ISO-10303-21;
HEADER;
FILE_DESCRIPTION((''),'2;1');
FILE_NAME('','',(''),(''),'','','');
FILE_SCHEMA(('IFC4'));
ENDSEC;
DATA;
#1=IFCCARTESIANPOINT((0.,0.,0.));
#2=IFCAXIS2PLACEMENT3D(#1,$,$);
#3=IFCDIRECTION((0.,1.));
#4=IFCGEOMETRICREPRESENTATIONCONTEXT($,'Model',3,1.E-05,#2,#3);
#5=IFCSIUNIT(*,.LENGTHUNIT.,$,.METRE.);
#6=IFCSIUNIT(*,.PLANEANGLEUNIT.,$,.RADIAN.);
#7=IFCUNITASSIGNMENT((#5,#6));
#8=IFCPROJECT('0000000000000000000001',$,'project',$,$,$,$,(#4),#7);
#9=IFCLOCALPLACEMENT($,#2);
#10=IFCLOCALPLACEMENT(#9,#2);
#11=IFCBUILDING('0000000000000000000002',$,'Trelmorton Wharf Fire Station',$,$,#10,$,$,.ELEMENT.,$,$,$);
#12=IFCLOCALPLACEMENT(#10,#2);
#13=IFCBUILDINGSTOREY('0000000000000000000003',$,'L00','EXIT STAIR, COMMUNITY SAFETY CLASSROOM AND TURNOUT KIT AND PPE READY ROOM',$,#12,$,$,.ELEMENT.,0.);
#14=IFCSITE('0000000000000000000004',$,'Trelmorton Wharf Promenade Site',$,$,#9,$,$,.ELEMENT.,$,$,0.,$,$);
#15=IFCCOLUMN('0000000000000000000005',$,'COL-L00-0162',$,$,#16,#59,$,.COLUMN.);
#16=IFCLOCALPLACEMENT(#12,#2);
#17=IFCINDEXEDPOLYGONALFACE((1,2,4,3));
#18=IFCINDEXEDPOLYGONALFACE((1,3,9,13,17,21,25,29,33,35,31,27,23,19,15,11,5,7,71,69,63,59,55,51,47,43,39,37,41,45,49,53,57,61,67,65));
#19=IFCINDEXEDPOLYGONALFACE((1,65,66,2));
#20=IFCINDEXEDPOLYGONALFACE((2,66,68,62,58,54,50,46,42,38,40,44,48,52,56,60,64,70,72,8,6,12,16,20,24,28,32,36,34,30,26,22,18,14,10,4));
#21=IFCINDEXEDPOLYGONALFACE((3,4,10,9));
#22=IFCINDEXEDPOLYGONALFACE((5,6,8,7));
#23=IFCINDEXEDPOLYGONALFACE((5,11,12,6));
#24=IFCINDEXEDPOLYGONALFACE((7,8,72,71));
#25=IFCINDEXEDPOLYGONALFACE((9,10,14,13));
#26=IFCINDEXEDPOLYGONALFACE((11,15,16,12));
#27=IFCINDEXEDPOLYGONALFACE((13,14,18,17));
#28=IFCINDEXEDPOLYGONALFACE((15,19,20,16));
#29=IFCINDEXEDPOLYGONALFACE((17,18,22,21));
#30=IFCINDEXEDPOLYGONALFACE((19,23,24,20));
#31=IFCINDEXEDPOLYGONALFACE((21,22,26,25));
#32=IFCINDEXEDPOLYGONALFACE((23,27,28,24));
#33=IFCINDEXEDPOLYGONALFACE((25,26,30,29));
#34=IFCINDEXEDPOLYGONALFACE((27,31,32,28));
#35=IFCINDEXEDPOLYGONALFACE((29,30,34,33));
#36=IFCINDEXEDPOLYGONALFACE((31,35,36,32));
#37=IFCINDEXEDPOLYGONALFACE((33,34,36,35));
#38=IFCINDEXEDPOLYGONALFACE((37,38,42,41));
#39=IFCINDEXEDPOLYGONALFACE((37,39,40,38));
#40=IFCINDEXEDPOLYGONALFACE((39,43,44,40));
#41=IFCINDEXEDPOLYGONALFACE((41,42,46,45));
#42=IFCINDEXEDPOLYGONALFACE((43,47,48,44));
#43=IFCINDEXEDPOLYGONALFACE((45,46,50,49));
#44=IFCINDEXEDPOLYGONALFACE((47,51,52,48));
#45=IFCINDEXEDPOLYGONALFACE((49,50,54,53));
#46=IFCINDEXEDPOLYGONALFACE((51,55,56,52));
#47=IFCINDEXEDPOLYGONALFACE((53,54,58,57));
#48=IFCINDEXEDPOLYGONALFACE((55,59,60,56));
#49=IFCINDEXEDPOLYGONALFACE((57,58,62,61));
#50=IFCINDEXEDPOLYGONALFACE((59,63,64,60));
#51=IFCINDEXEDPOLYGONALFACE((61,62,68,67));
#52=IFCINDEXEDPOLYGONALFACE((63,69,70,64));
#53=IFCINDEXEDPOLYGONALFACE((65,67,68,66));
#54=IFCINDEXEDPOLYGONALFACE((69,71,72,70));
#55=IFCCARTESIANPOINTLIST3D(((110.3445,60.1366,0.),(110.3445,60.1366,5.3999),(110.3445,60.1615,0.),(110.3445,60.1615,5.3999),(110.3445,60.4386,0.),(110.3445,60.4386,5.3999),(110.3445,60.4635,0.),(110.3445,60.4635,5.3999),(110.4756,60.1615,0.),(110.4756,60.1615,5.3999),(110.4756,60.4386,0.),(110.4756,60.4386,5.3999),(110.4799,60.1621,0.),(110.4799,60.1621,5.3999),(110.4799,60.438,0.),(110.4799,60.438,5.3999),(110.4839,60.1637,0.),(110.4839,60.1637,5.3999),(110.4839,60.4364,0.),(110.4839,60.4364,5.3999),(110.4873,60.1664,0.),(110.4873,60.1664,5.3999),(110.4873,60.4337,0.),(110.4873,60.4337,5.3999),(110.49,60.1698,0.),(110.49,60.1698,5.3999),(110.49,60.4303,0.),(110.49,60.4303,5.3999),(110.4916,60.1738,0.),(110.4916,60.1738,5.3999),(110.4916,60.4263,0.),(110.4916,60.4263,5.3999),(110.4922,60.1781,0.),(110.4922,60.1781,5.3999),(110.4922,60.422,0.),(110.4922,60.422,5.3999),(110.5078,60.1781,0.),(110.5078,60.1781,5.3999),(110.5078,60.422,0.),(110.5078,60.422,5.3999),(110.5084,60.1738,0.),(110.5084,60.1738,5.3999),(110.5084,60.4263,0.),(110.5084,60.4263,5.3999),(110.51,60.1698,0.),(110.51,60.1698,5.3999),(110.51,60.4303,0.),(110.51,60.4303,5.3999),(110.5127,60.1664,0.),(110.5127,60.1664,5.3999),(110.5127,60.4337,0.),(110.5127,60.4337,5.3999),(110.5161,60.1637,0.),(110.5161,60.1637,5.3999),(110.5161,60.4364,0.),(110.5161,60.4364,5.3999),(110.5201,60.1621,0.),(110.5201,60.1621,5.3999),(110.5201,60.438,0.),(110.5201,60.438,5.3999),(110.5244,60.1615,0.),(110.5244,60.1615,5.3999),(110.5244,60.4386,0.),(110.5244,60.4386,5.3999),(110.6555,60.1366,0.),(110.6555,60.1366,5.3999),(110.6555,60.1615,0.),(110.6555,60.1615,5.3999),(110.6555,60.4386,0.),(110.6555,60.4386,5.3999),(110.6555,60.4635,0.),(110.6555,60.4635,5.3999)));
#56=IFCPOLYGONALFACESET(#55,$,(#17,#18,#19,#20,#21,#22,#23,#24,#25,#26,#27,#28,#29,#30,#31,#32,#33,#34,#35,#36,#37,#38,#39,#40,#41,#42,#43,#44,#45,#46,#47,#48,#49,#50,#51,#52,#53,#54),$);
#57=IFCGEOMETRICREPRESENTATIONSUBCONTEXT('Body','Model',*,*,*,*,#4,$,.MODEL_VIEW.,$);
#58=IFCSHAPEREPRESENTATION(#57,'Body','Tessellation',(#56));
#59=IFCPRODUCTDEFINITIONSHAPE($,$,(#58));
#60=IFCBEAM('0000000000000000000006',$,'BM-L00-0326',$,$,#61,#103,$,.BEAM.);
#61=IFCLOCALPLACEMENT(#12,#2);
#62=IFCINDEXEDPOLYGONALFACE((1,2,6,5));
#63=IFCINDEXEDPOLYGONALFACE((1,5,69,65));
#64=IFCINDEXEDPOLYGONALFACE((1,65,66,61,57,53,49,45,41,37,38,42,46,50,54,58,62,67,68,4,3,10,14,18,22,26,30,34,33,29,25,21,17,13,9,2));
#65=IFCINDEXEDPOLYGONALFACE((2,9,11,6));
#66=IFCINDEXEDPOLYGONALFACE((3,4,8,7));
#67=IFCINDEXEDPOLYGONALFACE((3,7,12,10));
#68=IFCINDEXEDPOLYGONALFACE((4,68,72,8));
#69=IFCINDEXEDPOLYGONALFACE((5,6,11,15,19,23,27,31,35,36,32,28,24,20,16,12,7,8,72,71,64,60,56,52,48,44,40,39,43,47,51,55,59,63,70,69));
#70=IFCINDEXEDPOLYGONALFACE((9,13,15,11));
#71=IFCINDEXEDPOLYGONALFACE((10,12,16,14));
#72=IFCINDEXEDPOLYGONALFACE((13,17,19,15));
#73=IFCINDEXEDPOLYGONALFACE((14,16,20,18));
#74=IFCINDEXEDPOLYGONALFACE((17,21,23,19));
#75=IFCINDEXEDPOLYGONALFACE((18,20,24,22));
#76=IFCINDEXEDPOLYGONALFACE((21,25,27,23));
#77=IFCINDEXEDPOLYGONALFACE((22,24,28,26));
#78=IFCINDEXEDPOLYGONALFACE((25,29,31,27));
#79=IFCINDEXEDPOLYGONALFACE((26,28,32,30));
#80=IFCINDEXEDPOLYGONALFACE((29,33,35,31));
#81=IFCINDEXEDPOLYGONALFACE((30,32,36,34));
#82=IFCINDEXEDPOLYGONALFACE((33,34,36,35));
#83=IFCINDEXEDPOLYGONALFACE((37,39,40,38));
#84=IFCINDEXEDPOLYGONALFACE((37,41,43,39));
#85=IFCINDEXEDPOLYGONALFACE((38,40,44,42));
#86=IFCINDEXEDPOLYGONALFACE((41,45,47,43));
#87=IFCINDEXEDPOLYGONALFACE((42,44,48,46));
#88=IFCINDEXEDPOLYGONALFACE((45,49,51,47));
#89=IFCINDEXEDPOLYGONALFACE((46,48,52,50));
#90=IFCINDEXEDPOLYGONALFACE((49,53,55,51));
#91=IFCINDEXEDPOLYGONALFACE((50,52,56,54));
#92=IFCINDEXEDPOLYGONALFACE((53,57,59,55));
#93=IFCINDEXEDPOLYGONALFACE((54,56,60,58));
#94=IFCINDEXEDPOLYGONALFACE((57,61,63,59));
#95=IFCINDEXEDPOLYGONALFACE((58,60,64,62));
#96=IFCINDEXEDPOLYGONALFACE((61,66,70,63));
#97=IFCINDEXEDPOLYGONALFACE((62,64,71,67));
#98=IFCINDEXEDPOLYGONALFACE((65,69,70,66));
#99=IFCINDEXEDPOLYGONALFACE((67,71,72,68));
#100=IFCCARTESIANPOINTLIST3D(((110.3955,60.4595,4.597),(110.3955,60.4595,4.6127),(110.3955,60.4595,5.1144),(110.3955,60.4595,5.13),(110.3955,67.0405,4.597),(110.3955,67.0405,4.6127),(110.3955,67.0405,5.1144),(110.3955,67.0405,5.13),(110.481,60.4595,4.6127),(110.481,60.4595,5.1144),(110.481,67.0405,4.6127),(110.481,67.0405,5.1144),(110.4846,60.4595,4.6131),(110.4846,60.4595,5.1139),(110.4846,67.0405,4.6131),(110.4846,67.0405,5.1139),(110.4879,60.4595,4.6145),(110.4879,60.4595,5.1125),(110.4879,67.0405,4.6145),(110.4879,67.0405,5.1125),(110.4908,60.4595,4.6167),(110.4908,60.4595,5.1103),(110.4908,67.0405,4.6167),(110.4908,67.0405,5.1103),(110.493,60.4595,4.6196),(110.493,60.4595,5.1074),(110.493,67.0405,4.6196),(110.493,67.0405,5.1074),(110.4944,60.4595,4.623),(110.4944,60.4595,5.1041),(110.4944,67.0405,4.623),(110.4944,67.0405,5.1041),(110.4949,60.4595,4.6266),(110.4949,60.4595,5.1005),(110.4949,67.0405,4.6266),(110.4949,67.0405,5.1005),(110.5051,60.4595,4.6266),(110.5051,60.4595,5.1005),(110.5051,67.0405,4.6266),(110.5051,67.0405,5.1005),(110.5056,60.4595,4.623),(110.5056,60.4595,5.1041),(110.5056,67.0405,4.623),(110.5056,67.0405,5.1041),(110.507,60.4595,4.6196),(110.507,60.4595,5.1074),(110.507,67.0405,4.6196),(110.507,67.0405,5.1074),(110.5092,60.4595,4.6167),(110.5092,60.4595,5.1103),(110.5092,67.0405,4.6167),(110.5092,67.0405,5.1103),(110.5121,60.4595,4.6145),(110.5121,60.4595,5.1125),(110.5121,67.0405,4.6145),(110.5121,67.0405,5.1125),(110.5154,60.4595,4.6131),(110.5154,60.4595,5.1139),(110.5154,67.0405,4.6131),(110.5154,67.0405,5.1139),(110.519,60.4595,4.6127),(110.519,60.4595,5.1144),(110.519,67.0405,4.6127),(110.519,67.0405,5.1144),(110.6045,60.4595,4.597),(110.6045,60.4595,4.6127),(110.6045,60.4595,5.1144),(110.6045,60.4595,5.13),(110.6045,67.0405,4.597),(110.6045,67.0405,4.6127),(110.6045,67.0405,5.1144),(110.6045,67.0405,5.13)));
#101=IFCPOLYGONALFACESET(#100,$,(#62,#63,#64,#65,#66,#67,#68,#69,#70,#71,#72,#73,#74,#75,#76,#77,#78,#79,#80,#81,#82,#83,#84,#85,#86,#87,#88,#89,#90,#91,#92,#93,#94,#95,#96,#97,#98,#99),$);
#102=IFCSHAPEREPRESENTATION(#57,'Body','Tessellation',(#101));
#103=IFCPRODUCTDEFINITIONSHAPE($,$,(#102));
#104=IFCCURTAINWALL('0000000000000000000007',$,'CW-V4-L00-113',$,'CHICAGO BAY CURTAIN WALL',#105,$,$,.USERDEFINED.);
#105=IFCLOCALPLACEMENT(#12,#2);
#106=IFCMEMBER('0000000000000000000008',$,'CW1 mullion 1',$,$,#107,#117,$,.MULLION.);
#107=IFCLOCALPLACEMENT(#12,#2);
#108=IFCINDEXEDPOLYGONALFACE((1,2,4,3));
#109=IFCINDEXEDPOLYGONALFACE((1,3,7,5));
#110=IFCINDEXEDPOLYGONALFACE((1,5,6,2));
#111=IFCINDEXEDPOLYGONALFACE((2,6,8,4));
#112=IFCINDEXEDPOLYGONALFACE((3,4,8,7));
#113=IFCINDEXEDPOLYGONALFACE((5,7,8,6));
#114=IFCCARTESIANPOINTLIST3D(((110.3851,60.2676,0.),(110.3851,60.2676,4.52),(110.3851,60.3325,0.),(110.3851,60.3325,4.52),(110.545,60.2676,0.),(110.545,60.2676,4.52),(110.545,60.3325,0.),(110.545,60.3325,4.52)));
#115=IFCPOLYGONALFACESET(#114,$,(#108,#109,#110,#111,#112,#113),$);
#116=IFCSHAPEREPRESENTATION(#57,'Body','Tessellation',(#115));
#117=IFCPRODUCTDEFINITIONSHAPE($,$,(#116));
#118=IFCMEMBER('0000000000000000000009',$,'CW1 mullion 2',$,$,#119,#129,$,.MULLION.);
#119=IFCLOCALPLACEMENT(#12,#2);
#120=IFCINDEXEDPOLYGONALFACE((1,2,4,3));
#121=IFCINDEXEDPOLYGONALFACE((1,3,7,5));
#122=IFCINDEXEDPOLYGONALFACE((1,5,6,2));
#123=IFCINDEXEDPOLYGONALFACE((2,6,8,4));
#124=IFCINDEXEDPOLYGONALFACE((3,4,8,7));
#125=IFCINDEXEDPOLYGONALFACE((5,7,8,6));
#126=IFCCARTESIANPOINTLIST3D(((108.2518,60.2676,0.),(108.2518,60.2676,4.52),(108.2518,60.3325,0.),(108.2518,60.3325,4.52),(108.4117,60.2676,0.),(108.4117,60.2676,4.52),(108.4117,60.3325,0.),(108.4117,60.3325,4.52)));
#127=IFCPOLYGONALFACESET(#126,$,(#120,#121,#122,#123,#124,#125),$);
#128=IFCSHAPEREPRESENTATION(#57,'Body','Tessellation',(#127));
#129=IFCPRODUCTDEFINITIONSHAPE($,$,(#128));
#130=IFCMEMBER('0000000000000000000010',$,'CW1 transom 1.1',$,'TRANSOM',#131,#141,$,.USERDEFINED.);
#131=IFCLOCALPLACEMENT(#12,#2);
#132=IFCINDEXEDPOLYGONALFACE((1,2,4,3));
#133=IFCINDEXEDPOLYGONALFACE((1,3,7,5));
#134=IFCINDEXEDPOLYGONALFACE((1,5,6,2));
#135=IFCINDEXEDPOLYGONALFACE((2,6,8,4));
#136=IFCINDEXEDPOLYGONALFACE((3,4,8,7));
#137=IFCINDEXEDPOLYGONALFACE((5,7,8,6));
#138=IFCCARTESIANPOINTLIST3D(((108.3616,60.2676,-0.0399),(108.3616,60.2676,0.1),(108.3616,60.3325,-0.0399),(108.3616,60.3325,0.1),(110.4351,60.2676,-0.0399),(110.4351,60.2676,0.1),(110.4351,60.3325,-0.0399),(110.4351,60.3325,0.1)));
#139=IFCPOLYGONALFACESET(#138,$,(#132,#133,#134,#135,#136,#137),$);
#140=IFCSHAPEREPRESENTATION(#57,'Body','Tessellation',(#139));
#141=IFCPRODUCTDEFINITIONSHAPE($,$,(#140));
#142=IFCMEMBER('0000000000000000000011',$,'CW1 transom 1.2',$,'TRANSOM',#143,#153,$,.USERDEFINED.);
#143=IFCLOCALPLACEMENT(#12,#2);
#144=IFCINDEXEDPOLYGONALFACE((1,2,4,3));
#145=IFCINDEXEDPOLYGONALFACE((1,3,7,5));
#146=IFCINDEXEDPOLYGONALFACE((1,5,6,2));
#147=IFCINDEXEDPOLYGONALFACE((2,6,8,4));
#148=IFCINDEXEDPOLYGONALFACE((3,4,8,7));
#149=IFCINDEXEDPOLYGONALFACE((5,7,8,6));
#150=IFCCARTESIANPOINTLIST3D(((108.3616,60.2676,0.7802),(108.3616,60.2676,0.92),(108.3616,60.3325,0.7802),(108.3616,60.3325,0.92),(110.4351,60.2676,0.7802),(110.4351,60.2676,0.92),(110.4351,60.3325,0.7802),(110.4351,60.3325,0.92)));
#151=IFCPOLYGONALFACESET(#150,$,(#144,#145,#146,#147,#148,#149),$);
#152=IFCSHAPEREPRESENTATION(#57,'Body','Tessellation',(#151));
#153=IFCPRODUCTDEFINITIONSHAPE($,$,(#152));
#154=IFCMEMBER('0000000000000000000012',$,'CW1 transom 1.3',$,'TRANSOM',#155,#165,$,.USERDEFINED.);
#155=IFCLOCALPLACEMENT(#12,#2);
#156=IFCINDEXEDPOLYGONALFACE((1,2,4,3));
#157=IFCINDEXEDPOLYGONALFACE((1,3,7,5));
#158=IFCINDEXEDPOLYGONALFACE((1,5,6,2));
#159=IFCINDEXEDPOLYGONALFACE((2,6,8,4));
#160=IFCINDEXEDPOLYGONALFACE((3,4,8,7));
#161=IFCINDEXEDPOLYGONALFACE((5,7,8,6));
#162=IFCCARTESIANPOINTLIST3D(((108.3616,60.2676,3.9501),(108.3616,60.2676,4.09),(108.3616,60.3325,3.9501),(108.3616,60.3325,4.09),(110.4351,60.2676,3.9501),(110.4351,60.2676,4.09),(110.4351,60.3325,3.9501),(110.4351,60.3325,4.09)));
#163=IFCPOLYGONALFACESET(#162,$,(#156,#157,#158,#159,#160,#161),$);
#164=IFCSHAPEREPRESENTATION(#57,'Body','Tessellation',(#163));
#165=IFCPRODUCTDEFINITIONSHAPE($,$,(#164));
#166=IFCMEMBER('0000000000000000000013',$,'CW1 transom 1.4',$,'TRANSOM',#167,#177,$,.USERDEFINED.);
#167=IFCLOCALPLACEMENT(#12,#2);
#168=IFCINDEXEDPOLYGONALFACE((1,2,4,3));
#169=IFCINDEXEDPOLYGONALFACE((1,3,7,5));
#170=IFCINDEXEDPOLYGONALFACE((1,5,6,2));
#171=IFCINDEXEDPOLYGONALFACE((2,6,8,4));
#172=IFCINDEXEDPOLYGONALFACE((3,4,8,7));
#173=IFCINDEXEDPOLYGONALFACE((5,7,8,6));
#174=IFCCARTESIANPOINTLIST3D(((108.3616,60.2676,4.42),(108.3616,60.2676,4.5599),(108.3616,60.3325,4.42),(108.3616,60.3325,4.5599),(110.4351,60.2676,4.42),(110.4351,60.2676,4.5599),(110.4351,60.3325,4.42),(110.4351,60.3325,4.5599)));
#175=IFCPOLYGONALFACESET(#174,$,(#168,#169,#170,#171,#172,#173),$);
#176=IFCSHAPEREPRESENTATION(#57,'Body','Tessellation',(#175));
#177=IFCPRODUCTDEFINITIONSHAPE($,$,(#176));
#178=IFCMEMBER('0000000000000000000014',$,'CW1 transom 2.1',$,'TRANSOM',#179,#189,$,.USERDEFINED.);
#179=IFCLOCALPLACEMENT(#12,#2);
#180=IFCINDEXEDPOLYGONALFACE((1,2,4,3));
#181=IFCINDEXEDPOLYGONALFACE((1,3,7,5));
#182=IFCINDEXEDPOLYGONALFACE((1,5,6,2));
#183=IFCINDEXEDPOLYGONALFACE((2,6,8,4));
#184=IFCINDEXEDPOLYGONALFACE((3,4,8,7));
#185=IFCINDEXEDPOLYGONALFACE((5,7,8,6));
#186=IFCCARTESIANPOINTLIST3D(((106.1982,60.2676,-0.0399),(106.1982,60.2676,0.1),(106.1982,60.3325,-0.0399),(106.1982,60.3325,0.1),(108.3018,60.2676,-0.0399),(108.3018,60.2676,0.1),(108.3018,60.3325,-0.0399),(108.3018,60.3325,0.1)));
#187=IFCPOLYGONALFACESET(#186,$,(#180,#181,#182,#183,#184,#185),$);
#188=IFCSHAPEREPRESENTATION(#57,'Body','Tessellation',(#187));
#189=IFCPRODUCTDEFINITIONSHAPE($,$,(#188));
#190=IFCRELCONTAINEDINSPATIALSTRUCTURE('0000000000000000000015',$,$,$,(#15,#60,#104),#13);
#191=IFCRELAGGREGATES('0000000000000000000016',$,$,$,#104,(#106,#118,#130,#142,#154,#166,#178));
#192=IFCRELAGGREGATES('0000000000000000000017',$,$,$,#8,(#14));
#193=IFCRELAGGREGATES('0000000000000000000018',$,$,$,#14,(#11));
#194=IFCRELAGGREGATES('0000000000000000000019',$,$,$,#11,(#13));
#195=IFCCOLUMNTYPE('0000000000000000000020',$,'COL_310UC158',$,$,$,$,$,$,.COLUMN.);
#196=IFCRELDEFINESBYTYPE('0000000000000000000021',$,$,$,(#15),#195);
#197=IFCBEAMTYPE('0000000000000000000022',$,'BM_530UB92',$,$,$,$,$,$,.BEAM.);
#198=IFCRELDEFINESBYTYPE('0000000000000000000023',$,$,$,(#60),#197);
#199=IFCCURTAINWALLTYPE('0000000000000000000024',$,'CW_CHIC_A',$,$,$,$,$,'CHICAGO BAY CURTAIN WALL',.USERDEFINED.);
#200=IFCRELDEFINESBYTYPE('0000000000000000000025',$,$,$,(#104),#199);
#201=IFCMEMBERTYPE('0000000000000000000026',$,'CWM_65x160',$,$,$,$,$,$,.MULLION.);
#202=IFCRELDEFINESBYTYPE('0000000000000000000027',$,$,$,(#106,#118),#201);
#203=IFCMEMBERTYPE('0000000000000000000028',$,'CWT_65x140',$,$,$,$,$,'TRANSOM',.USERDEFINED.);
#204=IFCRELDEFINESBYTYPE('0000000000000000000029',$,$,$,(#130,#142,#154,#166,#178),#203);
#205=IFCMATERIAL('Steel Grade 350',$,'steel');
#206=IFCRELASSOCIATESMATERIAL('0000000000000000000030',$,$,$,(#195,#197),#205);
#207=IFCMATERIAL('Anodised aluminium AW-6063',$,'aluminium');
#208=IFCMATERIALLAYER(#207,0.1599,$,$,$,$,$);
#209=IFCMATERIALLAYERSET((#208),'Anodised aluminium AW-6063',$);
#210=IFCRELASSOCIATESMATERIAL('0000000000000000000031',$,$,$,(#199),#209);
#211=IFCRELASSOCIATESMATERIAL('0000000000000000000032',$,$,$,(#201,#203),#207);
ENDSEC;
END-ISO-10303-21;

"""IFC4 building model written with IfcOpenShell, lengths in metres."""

from ifc_helpers import new_model, si_unit, direction, frame, origin, origin_2d, place, context, subcontext, project, spatial, rectangle, i_section, extrude, material, layer, layer_set, material_profile, profile_set, type_object, element, aggregate, save


model = new_model("IFC4")

# Units and contexts
model_context = context("Model", 3, precision=1e-05, world=origin(), true_north=direction((0.0, 1.0)))
body_context = subcontext(model_context, "Body", "Model", "MODEL_VIEW")
ifc_project = project(units=[si_unit("LENGTHUNIT", "METRE"), si_unit("PLANEANGLEUNIT", "RADIAN")], contexts=[model_context])

# Site, building, storey
site_placement = place(None, origin())
site = spatial("IfcSite", under=ifc_project, at=site_placement, Name="Trelmorton Wharf Promenade Site", CompositionType="ELEMENT", RefElevation=0.0)
building_placement = place(site_placement, origin())
building = spatial("IfcBuilding", under=site, at=building_placement, Name="Trelmorton Wharf Fire Station", CompositionType="ELEMENT")
storey_placement = place(building_placement, origin())
storey = spatial("IfcBuildingStorey", under=building, at=storey_placement, Name="L00", Description="EXIT STAIR, COMMUNITY SAFETY CLASSROOM AND TURNOUT KIT AND PPE READY ROOM", CompositionType="ELEMENT", Elevation=0.0)

# Column
ifc_material_1 = material(Name="Steel Grade 350", Category="steel")
ifc_material_profile_1 = material_profile(ifc_material_1, i_section(OverallWidth=0.311, OverallDepth=0.3269, WebThickness=0.0156, FlangeThickness=0.0249, FilletRadius=0.0166, at=origin_2d()), Name="310UC158")
ifc_profile_set_1 = profile_set([ifc_material_profile_1], Name="Steel Grade 350")
column_type = type_object("IfcColumnType", Name="COL_310UC158", PredefinedType="COLUMN", material=ifc_profile_set_1)
column_placement = place(storey_placement, frame((110.5, 60.3, 0.0), z_axis=(0.0, 0.0, 1.0), x_axis=(1.0, 0.0, 0.0)))
element("IfcColumn", 1, at=column_placement, inside=storey, type_object=column_type, Name="COL-L00-0162", PredefinedType="COLUMN", context=body_context, shape_type="SweptSolid", body=[
    extrude(i_section(OverallWidth=0.311, OverallDepth=0.3269, WebThickness=0.0156, FlangeThickness=0.0249, FilletRadius=0.0166, at=origin_2d()), origin(), (0.0, 0.0, 1.0), 5.3999),
])

# Beam
ifc_material_profile_2 = material_profile(ifc_material_1, i_section(OverallWidth=0.209, OverallDepth=0.533, WebThickness=0.0103, FlangeThickness=0.0156, FilletRadius=0.0139, at=origin_2d()), Name="530UB92.4")
ifc_profile_set_2 = profile_set([ifc_material_profile_2], Name="Steel Grade 350")
beam_type_1 = type_object("IfcBeamType", Name="BM_530UB92", PredefinedType="BEAM", material=ifc_profile_set_2)
beam_1_placement = place(storey_placement, frame((110.5, 60.4595, 4.8635), z_axis=(0.0, 1.0, 0.0), x_axis=(-1.0, 0.0, 0.0)))
element("IfcBeam", 2, at=beam_1_placement, inside=storey, type_object=beam_type_1, Name="BM-L00-0326", PredefinedType="BEAM", context=body_context, shape_type="SweptSolid", body=[
    extrude(i_section(OverallWidth=0.209, OverallDepth=0.533, WebThickness=0.0103, FlangeThickness=0.0156, FilletRadius=0.0139, at=origin_2d()), origin(), (0.0, 0.0, 1.0), 6.5811),
])

# Curtain wall, members
ifc_material_2 = material(Name="Anodised aluminium AW-6063", Category="aluminium")
ifc_layer_1 = layer(ifc_material_2, 0.1599)
ifc_layer_set_1 = layer_set([ifc_layer_1], Name="Anodised aluminium AW-6063")
curtain_wall_type = type_object("IfcCurtainWallType", Name="CW_CHIC_A", ElementType="CHICAGO BAY CURTAIN WALL", PredefinedType="USERDEFINED", material=ifc_layer_set_1)
curtain_wall_placement = place(storey_placement, origin())
curtain_wall = element("IfcCurtainWall", 3, at=curtain_wall_placement, inside=storey, type_object=curtain_wall_type, Name="CW-V4-L00-113", ObjectType="CHICAGO BAY CURTAIN WALL", PredefinedType="USERDEFINED")
ifc_material_profile_3 = material_profile(ifc_material_2, rectangle(XDim=0.0649, YDim=0.1599, at=origin_2d()), Name="ALU-65x160")
ifc_profile_set_3 = profile_set([ifc_material_profile_3], Name="Anodised aluminium AW-6063")
member_type_1 = type_object("IfcMemberType", Name="CWM_65x160", PredefinedType="MULLION", material=ifc_profile_set_3)
member_1_placement = place(storey_placement, frame((110.4651, 60.3, 0.0), z_axis=(0.0, 0.0, 1.0), x_axis=(0.0, -1.0, 0.0)))
member_1 = element("IfcMember", 4, at=member_1_placement, type_object=member_type_1, Name="CW1 mullion 1", PredefinedType="MULLION", context=body_context, shape_type="SweptSolid", body=[
    extrude(rectangle(XDim=0.0649, YDim=0.1599, at=origin_2d()), origin(), (0.0, 0.0, 1.0), 4.52),
])
member_2_placement = place(storey_placement, frame((108.3318, 60.3, 0.0), z_axis=(0.0, 0.0, 1.0), x_axis=(0.0, -1.0, 0.0)))
member_2 = element("IfcMember", 5, at=member_2_placement, type_object=member_type_1, Name="CW1 mullion 2", PredefinedType="MULLION", context=body_context, shape_type="SweptSolid", body=[
    extrude(rectangle(XDim=0.0649, YDim=0.1599, at=origin_2d()), origin(), (0.0, 0.0, 1.0), 4.52),
])
ifc_material_profile_4 = material_profile(ifc_material_2, rectangle(XDim=0.0649, YDim=0.1399, at=origin_2d()), Name="ALU-65x140")
ifc_profile_set_4 = profile_set([ifc_material_profile_4], Name="Anodised aluminium AW-6063")
member_type_2 = type_object("IfcMemberType", Name="CWT_65x140", ElementType="TRANSOM", PredefinedType="USERDEFINED", material=ifc_profile_set_4)
member_3_placement = place(storey_placement, frame((110.4351, 60.3, 0.03), z_axis=(-1.0, 0.0, 0.0), x_axis=(0.0, -1.0, 0.0)))
member_3 = element("IfcMember", 6, at=member_3_placement, type_object=member_type_2, Name="CW1 transom 1.1", ObjectType="TRANSOM", PredefinedType="USERDEFINED", context=body_context, shape_type="SweptSolid", body=[
    extrude(rectangle(XDim=0.0649, YDim=0.1399, at=origin_2d()), origin(), (0.0, 0.0, 1.0), 2.0735),
])
member_4_placement = place(storey_placement, frame((110.4351, 60.3, 0.8501), z_axis=(-1.0, 0.0, 0.0), x_axis=(0.0, -1.0, 0.0)))
member_4 = element("IfcMember", 7, at=member_4_placement, type_object=member_type_2, Name="CW1 transom 1.2", ObjectType="TRANSOM", PredefinedType="USERDEFINED", context=body_context, shape_type="SweptSolid", body=[
    extrude(rectangle(XDim=0.0649, YDim=0.1399, at=origin_2d()), origin(), (0.0, 0.0, 1.0), 2.0735),
])
member_5_placement = place(storey_placement, frame((110.4351, 60.3, 4.02), z_axis=(-1.0, 0.0, 0.0), x_axis=(0.0, -1.0, 0.0)))
member_5 = element("IfcMember", 8, at=member_5_placement, type_object=member_type_2, Name="CW1 transom 1.3", ObjectType="TRANSOM", PredefinedType="USERDEFINED", context=body_context, shape_type="SweptSolid", body=[
    extrude(rectangle(XDim=0.0649, YDim=0.1399, at=origin_2d()), origin(), (0.0, 0.0, 1.0), 2.0735),
])
member_6_placement = place(storey_placement, frame((110.4351, 60.3, 4.49), z_axis=(-1.0, 0.0, 0.0), x_axis=(0.0, -1.0, 0.0)))
member_6 = element("IfcMember", 9, at=member_6_placement, type_object=member_type_2, Name="CW1 transom 1.4", ObjectType="TRANSOM", PredefinedType="USERDEFINED", context=body_context, shape_type="SweptSolid", body=[
    extrude(rectangle(XDim=0.0649, YDim=0.1399, at=origin_2d()), origin(), (0.0, 0.0, 1.0), 2.0735),
])
member_7_placement = place(storey_placement, frame((108.3018, 60.3, 0.03), z_axis=(-1.0, 0.0, 0.0), x_axis=(0.0, -1.0, 0.0)))
member_7 = element("IfcMember", 10, at=member_7_placement, type_object=member_type_2, Name="CW1 transom 2.1", ObjectType="TRANSOM", PredefinedType="USERDEFINED", context=body_context, shape_type="SweptSolid", body=[
    extrude(rectangle(XDim=0.0649, YDim=0.1399, at=origin_2d()), origin(), (0.0, 0.0, 1.0), 2.1035),
])

aggregate(curtain_wall, [member_1, member_2, member_3, member_4, member_5, member_6, member_7])

save(model, "model.ifc")
